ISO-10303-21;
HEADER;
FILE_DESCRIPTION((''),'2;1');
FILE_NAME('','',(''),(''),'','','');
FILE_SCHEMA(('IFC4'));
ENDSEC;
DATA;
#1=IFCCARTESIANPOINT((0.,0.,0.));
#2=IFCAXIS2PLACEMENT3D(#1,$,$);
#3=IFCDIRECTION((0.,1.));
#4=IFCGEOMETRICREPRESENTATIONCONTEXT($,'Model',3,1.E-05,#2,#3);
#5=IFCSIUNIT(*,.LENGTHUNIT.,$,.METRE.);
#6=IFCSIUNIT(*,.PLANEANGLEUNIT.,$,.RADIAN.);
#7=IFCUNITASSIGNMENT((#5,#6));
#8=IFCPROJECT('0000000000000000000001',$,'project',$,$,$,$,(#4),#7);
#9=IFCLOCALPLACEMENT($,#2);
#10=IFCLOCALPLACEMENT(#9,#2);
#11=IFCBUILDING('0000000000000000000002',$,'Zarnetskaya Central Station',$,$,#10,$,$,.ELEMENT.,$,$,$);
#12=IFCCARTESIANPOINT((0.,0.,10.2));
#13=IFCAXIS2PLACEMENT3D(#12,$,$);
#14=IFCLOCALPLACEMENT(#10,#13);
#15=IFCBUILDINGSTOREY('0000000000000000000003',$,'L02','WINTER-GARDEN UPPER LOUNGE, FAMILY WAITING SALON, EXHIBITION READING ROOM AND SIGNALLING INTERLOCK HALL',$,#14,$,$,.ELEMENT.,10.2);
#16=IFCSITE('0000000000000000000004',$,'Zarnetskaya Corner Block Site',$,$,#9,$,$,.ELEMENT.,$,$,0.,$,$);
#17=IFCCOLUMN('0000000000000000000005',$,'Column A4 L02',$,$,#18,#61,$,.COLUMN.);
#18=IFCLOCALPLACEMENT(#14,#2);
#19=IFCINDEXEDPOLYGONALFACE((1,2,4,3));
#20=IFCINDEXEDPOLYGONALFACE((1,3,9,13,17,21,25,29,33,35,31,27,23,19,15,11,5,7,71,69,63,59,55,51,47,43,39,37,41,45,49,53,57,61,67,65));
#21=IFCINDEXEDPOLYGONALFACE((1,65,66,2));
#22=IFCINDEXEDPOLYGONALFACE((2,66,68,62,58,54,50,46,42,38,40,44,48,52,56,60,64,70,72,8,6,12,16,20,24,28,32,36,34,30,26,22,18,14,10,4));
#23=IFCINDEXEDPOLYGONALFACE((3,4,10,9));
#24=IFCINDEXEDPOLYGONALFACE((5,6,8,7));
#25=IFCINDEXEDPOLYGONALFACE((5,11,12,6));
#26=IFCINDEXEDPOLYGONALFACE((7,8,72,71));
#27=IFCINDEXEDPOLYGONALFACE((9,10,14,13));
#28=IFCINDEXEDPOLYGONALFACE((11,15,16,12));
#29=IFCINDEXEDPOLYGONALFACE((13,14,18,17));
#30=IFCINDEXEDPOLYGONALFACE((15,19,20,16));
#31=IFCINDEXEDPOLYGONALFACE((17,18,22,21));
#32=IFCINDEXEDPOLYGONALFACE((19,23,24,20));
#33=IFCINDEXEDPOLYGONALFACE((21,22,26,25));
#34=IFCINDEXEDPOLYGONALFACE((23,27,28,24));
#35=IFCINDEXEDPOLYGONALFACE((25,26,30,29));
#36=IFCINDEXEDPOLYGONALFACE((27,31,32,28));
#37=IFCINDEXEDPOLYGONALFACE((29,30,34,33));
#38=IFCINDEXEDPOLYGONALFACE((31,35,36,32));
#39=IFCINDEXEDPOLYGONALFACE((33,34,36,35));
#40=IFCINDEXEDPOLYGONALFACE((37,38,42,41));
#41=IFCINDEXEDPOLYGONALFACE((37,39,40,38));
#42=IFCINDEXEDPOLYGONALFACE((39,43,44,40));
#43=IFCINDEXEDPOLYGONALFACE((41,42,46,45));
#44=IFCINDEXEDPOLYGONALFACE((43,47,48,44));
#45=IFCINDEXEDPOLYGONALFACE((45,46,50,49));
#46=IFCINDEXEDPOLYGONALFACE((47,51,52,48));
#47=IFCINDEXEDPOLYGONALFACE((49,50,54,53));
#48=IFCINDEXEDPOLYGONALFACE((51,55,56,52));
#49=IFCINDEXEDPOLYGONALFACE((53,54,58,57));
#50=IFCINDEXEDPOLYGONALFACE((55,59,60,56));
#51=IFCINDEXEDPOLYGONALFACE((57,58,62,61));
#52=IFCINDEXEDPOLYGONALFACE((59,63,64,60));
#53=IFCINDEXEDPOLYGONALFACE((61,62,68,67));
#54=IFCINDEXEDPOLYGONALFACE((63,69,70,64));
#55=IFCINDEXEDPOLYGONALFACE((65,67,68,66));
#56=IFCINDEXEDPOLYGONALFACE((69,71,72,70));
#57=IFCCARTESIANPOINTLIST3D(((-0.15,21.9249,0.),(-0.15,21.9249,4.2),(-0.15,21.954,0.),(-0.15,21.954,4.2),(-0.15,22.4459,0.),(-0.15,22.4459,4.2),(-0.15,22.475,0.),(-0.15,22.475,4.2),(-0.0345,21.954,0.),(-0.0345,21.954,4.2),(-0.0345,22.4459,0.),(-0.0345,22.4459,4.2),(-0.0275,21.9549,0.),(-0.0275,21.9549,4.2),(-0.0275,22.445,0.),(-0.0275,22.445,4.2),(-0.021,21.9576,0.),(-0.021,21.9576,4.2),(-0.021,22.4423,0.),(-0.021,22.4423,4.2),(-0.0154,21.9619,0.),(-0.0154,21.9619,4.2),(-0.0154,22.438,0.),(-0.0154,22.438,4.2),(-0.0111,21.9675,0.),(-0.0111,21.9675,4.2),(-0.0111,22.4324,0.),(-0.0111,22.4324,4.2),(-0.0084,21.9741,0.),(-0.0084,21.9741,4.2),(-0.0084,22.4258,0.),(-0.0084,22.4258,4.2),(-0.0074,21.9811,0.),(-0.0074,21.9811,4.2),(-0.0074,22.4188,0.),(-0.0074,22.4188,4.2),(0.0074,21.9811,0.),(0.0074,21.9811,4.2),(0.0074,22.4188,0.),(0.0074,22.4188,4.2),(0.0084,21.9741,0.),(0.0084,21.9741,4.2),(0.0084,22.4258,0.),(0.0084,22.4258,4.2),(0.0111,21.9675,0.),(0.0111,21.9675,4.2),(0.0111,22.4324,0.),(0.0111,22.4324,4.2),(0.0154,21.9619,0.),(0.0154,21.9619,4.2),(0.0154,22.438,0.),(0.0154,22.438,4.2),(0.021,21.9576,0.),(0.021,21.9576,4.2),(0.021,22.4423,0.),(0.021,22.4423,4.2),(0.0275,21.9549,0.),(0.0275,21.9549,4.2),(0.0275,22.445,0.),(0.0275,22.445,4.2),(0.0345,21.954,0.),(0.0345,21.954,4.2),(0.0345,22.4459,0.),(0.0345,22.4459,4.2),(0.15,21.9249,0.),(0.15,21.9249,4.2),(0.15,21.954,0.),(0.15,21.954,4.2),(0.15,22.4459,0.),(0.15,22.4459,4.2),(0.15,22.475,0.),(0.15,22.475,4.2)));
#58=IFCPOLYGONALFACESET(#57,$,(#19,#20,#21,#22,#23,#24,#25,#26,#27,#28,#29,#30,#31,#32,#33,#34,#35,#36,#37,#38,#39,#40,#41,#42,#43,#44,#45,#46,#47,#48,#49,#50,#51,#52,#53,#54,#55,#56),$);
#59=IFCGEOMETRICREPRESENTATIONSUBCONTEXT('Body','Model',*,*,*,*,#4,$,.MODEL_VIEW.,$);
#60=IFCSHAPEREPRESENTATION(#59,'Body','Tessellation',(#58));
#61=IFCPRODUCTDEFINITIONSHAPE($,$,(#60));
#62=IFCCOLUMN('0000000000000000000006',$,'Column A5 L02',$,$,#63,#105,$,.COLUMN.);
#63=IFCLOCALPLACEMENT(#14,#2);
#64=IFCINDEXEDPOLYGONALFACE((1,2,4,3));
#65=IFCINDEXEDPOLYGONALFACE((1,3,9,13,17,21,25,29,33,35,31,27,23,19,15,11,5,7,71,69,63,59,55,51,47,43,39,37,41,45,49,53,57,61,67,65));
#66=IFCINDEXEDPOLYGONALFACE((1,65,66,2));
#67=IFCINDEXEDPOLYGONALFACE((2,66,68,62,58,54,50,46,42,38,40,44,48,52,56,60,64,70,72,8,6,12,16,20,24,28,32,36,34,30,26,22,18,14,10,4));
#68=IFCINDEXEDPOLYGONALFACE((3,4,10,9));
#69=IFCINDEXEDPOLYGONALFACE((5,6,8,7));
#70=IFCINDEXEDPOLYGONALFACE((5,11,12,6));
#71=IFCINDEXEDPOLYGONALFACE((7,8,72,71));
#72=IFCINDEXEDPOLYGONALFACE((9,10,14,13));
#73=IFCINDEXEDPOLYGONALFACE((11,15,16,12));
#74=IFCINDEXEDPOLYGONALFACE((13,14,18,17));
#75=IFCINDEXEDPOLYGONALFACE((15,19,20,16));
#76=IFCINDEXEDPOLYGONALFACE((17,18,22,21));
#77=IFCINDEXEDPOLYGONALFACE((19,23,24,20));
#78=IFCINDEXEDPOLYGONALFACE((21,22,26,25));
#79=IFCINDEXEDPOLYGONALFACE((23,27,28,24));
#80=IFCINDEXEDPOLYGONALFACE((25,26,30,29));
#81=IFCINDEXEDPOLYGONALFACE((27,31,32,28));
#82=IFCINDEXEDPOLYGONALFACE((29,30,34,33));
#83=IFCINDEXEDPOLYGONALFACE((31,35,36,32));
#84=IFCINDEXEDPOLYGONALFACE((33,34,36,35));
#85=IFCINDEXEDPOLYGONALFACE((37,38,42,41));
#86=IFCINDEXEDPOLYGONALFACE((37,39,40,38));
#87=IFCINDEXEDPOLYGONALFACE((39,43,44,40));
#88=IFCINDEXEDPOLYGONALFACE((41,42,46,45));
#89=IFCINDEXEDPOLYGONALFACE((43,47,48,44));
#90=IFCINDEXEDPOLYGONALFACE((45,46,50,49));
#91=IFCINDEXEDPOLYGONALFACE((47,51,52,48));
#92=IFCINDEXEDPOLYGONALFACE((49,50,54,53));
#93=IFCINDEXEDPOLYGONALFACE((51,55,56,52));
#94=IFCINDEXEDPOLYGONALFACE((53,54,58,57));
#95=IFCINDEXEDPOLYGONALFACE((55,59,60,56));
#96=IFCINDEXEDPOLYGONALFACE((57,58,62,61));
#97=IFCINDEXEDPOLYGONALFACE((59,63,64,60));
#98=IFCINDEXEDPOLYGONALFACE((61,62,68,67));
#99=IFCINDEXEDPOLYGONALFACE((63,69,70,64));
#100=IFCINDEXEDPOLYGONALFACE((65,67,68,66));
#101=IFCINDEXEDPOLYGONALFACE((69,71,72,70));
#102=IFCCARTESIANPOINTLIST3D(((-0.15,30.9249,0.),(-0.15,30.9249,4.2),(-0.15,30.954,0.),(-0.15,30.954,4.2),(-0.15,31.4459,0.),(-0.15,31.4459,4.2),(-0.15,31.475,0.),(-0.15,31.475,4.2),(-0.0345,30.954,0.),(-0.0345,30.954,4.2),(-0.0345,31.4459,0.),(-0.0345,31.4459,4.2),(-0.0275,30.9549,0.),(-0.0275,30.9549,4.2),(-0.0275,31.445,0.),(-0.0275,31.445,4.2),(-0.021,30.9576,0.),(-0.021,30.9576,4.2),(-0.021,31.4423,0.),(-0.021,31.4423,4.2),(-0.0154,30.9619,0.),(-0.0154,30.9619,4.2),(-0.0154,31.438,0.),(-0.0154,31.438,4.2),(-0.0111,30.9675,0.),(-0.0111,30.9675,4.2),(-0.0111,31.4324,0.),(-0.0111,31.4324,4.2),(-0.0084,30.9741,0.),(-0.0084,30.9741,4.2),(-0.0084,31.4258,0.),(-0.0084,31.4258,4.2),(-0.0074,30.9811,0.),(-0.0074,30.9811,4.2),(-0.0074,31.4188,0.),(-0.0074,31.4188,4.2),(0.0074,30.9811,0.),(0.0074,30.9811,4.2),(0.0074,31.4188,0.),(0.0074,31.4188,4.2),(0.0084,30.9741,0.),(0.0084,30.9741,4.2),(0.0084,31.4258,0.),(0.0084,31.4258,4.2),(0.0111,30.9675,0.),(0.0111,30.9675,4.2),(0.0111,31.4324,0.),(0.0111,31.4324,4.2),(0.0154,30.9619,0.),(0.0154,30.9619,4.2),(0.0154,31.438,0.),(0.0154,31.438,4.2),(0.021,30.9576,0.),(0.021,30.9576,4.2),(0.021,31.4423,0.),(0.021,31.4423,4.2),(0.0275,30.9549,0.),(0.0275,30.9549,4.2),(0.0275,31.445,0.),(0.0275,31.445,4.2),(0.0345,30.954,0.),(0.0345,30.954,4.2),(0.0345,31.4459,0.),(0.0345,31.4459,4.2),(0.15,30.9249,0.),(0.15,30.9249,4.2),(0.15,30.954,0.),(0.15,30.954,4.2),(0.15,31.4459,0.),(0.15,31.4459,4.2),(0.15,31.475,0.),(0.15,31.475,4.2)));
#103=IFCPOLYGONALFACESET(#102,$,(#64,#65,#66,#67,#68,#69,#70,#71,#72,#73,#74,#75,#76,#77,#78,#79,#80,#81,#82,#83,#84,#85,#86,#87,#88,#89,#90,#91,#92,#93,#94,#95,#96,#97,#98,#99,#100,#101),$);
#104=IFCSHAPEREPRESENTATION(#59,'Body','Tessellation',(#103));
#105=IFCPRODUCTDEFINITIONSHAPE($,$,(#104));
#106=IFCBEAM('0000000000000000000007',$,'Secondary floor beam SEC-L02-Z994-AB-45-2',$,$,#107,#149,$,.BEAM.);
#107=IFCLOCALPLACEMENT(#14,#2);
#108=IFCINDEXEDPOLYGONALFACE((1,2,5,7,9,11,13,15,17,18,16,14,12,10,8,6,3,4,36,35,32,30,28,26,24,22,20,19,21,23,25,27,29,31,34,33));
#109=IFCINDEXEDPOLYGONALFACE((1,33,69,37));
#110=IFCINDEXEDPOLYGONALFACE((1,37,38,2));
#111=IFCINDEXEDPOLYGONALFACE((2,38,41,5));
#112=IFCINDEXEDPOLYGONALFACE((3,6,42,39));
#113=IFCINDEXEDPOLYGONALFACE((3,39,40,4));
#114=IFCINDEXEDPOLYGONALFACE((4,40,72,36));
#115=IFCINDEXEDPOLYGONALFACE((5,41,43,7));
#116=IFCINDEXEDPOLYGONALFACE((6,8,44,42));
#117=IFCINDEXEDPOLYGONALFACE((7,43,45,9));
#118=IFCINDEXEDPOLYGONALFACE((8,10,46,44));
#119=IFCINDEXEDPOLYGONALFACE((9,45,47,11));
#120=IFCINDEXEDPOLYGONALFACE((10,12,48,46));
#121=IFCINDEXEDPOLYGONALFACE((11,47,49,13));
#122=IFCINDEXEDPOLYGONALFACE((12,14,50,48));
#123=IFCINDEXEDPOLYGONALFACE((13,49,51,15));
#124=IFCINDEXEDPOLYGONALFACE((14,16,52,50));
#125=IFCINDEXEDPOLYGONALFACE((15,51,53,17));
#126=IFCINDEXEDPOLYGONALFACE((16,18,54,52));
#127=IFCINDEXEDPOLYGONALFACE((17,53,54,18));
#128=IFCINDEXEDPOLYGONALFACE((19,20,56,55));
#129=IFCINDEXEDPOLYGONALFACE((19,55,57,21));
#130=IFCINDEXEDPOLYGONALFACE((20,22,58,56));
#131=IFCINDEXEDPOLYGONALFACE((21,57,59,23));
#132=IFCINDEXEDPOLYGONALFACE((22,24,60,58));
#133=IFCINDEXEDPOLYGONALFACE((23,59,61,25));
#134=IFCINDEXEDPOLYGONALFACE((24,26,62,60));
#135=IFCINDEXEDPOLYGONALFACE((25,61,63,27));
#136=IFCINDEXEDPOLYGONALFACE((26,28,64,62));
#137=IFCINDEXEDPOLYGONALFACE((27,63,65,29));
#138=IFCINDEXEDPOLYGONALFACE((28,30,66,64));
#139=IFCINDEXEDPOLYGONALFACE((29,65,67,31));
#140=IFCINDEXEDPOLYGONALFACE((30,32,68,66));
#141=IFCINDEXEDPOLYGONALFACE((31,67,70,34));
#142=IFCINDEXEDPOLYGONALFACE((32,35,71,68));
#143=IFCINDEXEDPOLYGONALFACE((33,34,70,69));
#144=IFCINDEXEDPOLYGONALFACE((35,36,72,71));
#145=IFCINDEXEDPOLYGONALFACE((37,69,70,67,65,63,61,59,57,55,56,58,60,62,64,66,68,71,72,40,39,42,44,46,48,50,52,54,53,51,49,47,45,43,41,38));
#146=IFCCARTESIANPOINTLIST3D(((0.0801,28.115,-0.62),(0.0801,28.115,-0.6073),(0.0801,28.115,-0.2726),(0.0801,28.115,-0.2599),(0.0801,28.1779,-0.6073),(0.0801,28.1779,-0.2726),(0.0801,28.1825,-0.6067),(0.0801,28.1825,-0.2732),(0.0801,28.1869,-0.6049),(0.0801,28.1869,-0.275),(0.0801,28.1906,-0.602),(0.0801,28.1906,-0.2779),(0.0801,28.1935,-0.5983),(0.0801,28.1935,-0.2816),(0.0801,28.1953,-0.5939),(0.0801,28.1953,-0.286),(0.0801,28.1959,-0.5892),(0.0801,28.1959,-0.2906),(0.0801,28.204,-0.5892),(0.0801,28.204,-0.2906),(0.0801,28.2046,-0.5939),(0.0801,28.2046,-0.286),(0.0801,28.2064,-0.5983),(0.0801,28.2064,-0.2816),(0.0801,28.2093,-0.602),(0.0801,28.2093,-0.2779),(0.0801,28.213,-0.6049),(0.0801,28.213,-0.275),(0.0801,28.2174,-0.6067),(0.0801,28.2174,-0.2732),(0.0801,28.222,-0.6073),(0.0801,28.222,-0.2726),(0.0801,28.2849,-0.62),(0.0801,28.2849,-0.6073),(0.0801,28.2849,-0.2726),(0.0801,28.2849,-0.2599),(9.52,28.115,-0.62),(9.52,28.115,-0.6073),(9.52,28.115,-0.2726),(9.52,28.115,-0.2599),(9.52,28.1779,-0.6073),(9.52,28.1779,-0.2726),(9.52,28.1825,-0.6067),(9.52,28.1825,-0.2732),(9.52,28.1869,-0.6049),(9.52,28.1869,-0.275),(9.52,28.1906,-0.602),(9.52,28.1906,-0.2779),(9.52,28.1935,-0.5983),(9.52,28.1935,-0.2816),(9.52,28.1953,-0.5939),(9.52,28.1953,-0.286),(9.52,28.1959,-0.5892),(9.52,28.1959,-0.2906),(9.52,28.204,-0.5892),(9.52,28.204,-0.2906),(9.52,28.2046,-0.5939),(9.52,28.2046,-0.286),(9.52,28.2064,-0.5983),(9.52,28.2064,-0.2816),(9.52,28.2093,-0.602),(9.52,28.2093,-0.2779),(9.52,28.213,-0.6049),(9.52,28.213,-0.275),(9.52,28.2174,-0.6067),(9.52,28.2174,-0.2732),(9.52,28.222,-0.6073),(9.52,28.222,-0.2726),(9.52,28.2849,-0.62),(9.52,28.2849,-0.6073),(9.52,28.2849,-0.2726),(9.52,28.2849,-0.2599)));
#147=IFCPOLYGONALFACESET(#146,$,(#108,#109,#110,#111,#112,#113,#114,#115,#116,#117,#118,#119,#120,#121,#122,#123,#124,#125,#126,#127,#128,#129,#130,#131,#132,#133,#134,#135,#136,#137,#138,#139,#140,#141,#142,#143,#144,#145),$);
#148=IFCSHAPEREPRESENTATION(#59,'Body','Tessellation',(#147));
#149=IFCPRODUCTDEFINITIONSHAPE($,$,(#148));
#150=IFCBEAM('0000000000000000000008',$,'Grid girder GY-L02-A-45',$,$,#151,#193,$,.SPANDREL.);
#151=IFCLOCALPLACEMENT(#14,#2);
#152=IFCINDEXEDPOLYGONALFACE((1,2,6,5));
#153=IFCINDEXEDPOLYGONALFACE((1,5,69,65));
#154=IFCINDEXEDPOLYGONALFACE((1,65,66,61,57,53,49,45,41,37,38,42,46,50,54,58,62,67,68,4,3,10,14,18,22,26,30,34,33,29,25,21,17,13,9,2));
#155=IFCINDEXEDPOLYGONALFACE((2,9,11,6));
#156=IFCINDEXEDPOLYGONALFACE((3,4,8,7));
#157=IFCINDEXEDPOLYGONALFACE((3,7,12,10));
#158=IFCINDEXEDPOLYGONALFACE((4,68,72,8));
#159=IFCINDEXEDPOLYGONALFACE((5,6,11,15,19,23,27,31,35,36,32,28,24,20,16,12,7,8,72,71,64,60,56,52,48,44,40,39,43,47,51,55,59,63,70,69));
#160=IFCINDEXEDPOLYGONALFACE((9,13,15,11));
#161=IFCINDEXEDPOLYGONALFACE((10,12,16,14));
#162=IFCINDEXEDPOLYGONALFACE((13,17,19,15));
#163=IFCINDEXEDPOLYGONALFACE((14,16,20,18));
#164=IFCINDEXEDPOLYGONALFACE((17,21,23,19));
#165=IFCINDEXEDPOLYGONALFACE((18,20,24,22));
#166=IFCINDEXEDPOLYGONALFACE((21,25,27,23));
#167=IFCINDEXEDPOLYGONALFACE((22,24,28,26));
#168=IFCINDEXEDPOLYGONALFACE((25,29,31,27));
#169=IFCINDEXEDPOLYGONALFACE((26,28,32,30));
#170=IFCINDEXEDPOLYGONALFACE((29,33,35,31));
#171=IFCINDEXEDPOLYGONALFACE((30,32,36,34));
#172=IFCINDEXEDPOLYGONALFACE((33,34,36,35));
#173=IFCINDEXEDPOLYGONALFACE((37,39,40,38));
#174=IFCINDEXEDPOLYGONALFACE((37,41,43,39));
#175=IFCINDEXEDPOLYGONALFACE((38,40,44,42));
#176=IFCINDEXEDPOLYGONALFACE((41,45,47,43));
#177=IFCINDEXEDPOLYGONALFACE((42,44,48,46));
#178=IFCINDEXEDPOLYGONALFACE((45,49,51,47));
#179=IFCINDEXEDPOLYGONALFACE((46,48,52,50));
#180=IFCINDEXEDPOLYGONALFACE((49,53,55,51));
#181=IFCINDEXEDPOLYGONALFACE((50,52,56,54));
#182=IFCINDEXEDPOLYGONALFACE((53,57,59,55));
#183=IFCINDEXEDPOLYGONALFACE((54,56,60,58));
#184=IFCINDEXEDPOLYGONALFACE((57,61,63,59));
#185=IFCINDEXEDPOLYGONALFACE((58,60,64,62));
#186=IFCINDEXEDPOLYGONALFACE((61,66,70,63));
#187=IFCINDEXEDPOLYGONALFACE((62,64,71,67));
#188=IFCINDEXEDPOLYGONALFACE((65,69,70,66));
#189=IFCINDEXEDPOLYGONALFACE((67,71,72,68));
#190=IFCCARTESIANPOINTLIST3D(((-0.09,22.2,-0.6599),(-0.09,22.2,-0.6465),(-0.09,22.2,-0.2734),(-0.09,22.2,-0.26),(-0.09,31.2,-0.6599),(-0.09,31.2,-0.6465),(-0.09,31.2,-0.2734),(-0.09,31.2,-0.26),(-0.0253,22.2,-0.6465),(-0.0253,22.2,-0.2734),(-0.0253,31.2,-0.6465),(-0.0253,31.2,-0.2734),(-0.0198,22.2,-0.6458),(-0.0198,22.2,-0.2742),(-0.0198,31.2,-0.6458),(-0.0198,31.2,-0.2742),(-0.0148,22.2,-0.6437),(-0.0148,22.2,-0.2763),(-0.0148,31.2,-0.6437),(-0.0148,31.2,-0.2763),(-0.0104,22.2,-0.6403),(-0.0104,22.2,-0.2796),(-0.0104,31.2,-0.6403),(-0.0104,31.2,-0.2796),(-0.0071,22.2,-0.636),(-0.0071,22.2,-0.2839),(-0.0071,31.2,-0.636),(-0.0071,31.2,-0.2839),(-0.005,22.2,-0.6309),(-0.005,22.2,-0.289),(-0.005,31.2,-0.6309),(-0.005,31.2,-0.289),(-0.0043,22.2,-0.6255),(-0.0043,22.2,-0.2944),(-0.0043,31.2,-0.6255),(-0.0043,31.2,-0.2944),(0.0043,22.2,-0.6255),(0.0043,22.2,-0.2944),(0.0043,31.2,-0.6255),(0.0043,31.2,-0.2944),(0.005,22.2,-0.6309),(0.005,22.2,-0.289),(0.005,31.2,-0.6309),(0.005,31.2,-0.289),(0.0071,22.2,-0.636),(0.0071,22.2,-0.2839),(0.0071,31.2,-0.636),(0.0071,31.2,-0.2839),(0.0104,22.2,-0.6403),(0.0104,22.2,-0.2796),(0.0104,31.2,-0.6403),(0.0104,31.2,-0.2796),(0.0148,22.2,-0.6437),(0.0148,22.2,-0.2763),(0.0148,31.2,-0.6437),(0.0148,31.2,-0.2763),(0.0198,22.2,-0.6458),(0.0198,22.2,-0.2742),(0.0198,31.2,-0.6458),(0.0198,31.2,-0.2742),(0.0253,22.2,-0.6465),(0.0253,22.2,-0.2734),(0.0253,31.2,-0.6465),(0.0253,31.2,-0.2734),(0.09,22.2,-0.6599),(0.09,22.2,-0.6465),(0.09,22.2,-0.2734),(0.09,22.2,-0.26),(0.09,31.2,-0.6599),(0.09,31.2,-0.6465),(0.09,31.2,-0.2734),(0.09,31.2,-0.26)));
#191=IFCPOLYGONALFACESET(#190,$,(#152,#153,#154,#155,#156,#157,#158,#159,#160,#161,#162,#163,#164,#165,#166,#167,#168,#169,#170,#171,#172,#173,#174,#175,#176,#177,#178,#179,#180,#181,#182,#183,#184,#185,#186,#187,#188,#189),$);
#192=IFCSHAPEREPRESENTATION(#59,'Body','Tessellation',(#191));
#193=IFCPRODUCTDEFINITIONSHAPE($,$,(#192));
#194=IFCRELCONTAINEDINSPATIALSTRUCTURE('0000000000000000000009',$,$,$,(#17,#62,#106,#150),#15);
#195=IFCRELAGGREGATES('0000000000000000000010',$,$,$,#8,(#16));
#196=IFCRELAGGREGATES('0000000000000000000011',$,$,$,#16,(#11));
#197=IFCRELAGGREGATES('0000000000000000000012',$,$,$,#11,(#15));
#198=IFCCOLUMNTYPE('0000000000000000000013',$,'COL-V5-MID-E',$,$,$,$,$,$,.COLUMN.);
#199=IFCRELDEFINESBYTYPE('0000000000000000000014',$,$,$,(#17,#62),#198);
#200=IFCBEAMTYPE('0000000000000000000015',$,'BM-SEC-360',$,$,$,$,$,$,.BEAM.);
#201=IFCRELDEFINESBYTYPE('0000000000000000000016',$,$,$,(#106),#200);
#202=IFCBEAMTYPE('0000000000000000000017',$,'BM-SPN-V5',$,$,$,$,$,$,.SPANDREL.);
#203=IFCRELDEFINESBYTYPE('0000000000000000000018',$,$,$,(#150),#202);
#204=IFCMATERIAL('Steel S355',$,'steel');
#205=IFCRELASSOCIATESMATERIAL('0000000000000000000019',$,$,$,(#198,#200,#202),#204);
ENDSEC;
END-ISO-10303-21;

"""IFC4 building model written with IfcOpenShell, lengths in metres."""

from ifc_helpers import new_model, si_unit, direction, frame, origin, origin_2d, place, context, subcontext, project, spatial, i_section, extrude, material, material_profile, profile_set, type_object, element, save


model = new_model("IFC4")

# Units and contexts
model_context = context("Model", 3, precision=1e-05, world=origin(), true_north=direction((0.0, 1.0)))
body_context = subcontext(model_context, "Body", "Model", "MODEL_VIEW")
ifc_project = project(units=[si_unit("LENGTHUNIT", "METRE"), si_unit("PLANEANGLEUNIT", "RADIAN")], contexts=[model_context])

# Site, building, storey
site_placement = place(None, origin())
site = spatial("IfcSite", under=ifc_project, at=site_placement, Name="Zarnetskaya Corner Block Site", CompositionType="ELEMENT", RefElevation=0.0)
building_placement = place(site_placement, origin())
building = spatial("IfcBuilding", under=site, at=building_placement, Name="Zarnetskaya Central Station", CompositionType="ELEMENT")
storey_placement = place(building_placement, frame((0.0, 0.0, 10.2)))
storey = spatial("IfcBuildingStorey", under=building, at=storey_placement, Name="L02", Description="WINTER-GARDEN UPPER LOUNGE, FAMILY WAITING SALON, EXHIBITION READING ROOM AND SIGNALLING INTERLOCK HALL", CompositionType="ELEMENT", Elevation=10.2)

# Columns
ifc_material_1 = material(Name="Steel S355", Category="steel")
ifc_material_profile_1 = material_profile(ifc_material_1, i_section(OverallWidth=0.3, OverallDepth=0.55, WebThickness=0.0149, FlangeThickness=0.0291, FilletRadius=0.0271, at=origin_2d()), Name="HEB 550")
ifc_profile_set_1 = profile_set([ifc_material_profile_1], Name="Steel S355")
column_type = type_object("IfcColumnType", Name="COL-V5-MID-E", PredefinedType="COLUMN", material=ifc_profile_set_1)
for number, where, z_axis, x_axis, name in (
    (1, (0.0, 22.2, 0.0), (0.0, 0.0, 1.0), (1.0, 0.0, 0.0), "Column A4 L02"),
    (2, (0.0, 31.2, 0.0), (0.0, 0.0, 1.0), (1.0, 0.0, 0.0), "Column A5 L02"),
):
    element("IfcColumn", number, at=place(storey_placement, frame(where, z_axis=z_axis, x_axis=x_axis)), inside=storey, type_object=column_type, Name=name, PredefinedType="COLUMN", context=body_context, shape_type="SweptSolid", body=[
        extrude(i_section(OverallWidth=0.3, OverallDepth=0.55, WebThickness=0.0149, FlangeThickness=0.0291, FilletRadius=0.0271, at=origin_2d()), origin(), (0.0, 0.0, 1.0), 4.2),
    ])

# Beams
ifc_material_profile_2 = material_profile(ifc_material_1, i_section(OverallWidth=0.1699, OverallDepth=0.3601, WebThickness=0.0081, FlangeThickness=0.0127, FilletRadius=0.0181, at=origin_2d()), Name="IPE 360")
ifc_profile_set_2 = profile_set([ifc_material_profile_2], Name="Steel S355")
beam_type_1 = type_object("IfcBeamType", Name="BM-SEC-360", PredefinedType="BEAM", material=ifc_profile_set_2)
beam_placement = place(storey_placement, frame((0.0801, 28.2, -0.4399), z_axis=(1.0, 0.0, 0.0), x_axis=(0.0, 1.0, 0.0)))
element("IfcBeam", 3, at=beam_placement, inside=storey, type_object=beam_type_1, Name="Secondary floor beam SEC-L02-Z994-AB-45-2", PredefinedType="BEAM", context=body_context, shape_type="SweptSolid", body=[
    extrude(i_section(OverallWidth=0.1699, OverallDepth=0.3601, WebThickness=0.0081, FlangeThickness=0.0127, FilletRadius=0.0181, at=origin_2d()), origin(), (0.0, 0.0, 1.0), 9.4399),
])
ifc_material_profile_3 = material_profile(ifc_material_1, i_section(OverallWidth=0.1799, OverallDepth=0.3999, WebThickness=0.0085, FlangeThickness=0.0134, FilletRadius=0.021, at=origin_2d()), Name="IPE 400")
ifc_profile_set_3 = profile_set([ifc_material_profile_3], Name="Steel S355")
beam_type_2 = type_object("IfcBeamType", Name="BM-SPN-V5", PredefinedType="SPANDREL", material=ifc_profile_set_3)
for number, where, z_axis, x_axis, name in (
    (4, (0.0, 22.2, -0.46), (0.0, 1.0, 0.0), (-1.0, 0.0, 0.0), "Grid girder GY-L02-A-45"),
):
    element("IfcBeam", number, at=place(storey_placement, frame(where, z_axis=z_axis, x_axis=x_axis)), inside=storey, type_object=beam_type_2, Name=name, PredefinedType="SPANDREL", context=body_context, shape_type="SweptSolid", body=[
        extrude(i_section(OverallWidth=0.1799, OverallDepth=0.3999, WebThickness=0.0085, FlangeThickness=0.0134, FilletRadius=0.021, at=origin_2d()), origin(), (0.0, 0.0, 1.0), 9.0),
    ])

save(model, "model.ifc")
